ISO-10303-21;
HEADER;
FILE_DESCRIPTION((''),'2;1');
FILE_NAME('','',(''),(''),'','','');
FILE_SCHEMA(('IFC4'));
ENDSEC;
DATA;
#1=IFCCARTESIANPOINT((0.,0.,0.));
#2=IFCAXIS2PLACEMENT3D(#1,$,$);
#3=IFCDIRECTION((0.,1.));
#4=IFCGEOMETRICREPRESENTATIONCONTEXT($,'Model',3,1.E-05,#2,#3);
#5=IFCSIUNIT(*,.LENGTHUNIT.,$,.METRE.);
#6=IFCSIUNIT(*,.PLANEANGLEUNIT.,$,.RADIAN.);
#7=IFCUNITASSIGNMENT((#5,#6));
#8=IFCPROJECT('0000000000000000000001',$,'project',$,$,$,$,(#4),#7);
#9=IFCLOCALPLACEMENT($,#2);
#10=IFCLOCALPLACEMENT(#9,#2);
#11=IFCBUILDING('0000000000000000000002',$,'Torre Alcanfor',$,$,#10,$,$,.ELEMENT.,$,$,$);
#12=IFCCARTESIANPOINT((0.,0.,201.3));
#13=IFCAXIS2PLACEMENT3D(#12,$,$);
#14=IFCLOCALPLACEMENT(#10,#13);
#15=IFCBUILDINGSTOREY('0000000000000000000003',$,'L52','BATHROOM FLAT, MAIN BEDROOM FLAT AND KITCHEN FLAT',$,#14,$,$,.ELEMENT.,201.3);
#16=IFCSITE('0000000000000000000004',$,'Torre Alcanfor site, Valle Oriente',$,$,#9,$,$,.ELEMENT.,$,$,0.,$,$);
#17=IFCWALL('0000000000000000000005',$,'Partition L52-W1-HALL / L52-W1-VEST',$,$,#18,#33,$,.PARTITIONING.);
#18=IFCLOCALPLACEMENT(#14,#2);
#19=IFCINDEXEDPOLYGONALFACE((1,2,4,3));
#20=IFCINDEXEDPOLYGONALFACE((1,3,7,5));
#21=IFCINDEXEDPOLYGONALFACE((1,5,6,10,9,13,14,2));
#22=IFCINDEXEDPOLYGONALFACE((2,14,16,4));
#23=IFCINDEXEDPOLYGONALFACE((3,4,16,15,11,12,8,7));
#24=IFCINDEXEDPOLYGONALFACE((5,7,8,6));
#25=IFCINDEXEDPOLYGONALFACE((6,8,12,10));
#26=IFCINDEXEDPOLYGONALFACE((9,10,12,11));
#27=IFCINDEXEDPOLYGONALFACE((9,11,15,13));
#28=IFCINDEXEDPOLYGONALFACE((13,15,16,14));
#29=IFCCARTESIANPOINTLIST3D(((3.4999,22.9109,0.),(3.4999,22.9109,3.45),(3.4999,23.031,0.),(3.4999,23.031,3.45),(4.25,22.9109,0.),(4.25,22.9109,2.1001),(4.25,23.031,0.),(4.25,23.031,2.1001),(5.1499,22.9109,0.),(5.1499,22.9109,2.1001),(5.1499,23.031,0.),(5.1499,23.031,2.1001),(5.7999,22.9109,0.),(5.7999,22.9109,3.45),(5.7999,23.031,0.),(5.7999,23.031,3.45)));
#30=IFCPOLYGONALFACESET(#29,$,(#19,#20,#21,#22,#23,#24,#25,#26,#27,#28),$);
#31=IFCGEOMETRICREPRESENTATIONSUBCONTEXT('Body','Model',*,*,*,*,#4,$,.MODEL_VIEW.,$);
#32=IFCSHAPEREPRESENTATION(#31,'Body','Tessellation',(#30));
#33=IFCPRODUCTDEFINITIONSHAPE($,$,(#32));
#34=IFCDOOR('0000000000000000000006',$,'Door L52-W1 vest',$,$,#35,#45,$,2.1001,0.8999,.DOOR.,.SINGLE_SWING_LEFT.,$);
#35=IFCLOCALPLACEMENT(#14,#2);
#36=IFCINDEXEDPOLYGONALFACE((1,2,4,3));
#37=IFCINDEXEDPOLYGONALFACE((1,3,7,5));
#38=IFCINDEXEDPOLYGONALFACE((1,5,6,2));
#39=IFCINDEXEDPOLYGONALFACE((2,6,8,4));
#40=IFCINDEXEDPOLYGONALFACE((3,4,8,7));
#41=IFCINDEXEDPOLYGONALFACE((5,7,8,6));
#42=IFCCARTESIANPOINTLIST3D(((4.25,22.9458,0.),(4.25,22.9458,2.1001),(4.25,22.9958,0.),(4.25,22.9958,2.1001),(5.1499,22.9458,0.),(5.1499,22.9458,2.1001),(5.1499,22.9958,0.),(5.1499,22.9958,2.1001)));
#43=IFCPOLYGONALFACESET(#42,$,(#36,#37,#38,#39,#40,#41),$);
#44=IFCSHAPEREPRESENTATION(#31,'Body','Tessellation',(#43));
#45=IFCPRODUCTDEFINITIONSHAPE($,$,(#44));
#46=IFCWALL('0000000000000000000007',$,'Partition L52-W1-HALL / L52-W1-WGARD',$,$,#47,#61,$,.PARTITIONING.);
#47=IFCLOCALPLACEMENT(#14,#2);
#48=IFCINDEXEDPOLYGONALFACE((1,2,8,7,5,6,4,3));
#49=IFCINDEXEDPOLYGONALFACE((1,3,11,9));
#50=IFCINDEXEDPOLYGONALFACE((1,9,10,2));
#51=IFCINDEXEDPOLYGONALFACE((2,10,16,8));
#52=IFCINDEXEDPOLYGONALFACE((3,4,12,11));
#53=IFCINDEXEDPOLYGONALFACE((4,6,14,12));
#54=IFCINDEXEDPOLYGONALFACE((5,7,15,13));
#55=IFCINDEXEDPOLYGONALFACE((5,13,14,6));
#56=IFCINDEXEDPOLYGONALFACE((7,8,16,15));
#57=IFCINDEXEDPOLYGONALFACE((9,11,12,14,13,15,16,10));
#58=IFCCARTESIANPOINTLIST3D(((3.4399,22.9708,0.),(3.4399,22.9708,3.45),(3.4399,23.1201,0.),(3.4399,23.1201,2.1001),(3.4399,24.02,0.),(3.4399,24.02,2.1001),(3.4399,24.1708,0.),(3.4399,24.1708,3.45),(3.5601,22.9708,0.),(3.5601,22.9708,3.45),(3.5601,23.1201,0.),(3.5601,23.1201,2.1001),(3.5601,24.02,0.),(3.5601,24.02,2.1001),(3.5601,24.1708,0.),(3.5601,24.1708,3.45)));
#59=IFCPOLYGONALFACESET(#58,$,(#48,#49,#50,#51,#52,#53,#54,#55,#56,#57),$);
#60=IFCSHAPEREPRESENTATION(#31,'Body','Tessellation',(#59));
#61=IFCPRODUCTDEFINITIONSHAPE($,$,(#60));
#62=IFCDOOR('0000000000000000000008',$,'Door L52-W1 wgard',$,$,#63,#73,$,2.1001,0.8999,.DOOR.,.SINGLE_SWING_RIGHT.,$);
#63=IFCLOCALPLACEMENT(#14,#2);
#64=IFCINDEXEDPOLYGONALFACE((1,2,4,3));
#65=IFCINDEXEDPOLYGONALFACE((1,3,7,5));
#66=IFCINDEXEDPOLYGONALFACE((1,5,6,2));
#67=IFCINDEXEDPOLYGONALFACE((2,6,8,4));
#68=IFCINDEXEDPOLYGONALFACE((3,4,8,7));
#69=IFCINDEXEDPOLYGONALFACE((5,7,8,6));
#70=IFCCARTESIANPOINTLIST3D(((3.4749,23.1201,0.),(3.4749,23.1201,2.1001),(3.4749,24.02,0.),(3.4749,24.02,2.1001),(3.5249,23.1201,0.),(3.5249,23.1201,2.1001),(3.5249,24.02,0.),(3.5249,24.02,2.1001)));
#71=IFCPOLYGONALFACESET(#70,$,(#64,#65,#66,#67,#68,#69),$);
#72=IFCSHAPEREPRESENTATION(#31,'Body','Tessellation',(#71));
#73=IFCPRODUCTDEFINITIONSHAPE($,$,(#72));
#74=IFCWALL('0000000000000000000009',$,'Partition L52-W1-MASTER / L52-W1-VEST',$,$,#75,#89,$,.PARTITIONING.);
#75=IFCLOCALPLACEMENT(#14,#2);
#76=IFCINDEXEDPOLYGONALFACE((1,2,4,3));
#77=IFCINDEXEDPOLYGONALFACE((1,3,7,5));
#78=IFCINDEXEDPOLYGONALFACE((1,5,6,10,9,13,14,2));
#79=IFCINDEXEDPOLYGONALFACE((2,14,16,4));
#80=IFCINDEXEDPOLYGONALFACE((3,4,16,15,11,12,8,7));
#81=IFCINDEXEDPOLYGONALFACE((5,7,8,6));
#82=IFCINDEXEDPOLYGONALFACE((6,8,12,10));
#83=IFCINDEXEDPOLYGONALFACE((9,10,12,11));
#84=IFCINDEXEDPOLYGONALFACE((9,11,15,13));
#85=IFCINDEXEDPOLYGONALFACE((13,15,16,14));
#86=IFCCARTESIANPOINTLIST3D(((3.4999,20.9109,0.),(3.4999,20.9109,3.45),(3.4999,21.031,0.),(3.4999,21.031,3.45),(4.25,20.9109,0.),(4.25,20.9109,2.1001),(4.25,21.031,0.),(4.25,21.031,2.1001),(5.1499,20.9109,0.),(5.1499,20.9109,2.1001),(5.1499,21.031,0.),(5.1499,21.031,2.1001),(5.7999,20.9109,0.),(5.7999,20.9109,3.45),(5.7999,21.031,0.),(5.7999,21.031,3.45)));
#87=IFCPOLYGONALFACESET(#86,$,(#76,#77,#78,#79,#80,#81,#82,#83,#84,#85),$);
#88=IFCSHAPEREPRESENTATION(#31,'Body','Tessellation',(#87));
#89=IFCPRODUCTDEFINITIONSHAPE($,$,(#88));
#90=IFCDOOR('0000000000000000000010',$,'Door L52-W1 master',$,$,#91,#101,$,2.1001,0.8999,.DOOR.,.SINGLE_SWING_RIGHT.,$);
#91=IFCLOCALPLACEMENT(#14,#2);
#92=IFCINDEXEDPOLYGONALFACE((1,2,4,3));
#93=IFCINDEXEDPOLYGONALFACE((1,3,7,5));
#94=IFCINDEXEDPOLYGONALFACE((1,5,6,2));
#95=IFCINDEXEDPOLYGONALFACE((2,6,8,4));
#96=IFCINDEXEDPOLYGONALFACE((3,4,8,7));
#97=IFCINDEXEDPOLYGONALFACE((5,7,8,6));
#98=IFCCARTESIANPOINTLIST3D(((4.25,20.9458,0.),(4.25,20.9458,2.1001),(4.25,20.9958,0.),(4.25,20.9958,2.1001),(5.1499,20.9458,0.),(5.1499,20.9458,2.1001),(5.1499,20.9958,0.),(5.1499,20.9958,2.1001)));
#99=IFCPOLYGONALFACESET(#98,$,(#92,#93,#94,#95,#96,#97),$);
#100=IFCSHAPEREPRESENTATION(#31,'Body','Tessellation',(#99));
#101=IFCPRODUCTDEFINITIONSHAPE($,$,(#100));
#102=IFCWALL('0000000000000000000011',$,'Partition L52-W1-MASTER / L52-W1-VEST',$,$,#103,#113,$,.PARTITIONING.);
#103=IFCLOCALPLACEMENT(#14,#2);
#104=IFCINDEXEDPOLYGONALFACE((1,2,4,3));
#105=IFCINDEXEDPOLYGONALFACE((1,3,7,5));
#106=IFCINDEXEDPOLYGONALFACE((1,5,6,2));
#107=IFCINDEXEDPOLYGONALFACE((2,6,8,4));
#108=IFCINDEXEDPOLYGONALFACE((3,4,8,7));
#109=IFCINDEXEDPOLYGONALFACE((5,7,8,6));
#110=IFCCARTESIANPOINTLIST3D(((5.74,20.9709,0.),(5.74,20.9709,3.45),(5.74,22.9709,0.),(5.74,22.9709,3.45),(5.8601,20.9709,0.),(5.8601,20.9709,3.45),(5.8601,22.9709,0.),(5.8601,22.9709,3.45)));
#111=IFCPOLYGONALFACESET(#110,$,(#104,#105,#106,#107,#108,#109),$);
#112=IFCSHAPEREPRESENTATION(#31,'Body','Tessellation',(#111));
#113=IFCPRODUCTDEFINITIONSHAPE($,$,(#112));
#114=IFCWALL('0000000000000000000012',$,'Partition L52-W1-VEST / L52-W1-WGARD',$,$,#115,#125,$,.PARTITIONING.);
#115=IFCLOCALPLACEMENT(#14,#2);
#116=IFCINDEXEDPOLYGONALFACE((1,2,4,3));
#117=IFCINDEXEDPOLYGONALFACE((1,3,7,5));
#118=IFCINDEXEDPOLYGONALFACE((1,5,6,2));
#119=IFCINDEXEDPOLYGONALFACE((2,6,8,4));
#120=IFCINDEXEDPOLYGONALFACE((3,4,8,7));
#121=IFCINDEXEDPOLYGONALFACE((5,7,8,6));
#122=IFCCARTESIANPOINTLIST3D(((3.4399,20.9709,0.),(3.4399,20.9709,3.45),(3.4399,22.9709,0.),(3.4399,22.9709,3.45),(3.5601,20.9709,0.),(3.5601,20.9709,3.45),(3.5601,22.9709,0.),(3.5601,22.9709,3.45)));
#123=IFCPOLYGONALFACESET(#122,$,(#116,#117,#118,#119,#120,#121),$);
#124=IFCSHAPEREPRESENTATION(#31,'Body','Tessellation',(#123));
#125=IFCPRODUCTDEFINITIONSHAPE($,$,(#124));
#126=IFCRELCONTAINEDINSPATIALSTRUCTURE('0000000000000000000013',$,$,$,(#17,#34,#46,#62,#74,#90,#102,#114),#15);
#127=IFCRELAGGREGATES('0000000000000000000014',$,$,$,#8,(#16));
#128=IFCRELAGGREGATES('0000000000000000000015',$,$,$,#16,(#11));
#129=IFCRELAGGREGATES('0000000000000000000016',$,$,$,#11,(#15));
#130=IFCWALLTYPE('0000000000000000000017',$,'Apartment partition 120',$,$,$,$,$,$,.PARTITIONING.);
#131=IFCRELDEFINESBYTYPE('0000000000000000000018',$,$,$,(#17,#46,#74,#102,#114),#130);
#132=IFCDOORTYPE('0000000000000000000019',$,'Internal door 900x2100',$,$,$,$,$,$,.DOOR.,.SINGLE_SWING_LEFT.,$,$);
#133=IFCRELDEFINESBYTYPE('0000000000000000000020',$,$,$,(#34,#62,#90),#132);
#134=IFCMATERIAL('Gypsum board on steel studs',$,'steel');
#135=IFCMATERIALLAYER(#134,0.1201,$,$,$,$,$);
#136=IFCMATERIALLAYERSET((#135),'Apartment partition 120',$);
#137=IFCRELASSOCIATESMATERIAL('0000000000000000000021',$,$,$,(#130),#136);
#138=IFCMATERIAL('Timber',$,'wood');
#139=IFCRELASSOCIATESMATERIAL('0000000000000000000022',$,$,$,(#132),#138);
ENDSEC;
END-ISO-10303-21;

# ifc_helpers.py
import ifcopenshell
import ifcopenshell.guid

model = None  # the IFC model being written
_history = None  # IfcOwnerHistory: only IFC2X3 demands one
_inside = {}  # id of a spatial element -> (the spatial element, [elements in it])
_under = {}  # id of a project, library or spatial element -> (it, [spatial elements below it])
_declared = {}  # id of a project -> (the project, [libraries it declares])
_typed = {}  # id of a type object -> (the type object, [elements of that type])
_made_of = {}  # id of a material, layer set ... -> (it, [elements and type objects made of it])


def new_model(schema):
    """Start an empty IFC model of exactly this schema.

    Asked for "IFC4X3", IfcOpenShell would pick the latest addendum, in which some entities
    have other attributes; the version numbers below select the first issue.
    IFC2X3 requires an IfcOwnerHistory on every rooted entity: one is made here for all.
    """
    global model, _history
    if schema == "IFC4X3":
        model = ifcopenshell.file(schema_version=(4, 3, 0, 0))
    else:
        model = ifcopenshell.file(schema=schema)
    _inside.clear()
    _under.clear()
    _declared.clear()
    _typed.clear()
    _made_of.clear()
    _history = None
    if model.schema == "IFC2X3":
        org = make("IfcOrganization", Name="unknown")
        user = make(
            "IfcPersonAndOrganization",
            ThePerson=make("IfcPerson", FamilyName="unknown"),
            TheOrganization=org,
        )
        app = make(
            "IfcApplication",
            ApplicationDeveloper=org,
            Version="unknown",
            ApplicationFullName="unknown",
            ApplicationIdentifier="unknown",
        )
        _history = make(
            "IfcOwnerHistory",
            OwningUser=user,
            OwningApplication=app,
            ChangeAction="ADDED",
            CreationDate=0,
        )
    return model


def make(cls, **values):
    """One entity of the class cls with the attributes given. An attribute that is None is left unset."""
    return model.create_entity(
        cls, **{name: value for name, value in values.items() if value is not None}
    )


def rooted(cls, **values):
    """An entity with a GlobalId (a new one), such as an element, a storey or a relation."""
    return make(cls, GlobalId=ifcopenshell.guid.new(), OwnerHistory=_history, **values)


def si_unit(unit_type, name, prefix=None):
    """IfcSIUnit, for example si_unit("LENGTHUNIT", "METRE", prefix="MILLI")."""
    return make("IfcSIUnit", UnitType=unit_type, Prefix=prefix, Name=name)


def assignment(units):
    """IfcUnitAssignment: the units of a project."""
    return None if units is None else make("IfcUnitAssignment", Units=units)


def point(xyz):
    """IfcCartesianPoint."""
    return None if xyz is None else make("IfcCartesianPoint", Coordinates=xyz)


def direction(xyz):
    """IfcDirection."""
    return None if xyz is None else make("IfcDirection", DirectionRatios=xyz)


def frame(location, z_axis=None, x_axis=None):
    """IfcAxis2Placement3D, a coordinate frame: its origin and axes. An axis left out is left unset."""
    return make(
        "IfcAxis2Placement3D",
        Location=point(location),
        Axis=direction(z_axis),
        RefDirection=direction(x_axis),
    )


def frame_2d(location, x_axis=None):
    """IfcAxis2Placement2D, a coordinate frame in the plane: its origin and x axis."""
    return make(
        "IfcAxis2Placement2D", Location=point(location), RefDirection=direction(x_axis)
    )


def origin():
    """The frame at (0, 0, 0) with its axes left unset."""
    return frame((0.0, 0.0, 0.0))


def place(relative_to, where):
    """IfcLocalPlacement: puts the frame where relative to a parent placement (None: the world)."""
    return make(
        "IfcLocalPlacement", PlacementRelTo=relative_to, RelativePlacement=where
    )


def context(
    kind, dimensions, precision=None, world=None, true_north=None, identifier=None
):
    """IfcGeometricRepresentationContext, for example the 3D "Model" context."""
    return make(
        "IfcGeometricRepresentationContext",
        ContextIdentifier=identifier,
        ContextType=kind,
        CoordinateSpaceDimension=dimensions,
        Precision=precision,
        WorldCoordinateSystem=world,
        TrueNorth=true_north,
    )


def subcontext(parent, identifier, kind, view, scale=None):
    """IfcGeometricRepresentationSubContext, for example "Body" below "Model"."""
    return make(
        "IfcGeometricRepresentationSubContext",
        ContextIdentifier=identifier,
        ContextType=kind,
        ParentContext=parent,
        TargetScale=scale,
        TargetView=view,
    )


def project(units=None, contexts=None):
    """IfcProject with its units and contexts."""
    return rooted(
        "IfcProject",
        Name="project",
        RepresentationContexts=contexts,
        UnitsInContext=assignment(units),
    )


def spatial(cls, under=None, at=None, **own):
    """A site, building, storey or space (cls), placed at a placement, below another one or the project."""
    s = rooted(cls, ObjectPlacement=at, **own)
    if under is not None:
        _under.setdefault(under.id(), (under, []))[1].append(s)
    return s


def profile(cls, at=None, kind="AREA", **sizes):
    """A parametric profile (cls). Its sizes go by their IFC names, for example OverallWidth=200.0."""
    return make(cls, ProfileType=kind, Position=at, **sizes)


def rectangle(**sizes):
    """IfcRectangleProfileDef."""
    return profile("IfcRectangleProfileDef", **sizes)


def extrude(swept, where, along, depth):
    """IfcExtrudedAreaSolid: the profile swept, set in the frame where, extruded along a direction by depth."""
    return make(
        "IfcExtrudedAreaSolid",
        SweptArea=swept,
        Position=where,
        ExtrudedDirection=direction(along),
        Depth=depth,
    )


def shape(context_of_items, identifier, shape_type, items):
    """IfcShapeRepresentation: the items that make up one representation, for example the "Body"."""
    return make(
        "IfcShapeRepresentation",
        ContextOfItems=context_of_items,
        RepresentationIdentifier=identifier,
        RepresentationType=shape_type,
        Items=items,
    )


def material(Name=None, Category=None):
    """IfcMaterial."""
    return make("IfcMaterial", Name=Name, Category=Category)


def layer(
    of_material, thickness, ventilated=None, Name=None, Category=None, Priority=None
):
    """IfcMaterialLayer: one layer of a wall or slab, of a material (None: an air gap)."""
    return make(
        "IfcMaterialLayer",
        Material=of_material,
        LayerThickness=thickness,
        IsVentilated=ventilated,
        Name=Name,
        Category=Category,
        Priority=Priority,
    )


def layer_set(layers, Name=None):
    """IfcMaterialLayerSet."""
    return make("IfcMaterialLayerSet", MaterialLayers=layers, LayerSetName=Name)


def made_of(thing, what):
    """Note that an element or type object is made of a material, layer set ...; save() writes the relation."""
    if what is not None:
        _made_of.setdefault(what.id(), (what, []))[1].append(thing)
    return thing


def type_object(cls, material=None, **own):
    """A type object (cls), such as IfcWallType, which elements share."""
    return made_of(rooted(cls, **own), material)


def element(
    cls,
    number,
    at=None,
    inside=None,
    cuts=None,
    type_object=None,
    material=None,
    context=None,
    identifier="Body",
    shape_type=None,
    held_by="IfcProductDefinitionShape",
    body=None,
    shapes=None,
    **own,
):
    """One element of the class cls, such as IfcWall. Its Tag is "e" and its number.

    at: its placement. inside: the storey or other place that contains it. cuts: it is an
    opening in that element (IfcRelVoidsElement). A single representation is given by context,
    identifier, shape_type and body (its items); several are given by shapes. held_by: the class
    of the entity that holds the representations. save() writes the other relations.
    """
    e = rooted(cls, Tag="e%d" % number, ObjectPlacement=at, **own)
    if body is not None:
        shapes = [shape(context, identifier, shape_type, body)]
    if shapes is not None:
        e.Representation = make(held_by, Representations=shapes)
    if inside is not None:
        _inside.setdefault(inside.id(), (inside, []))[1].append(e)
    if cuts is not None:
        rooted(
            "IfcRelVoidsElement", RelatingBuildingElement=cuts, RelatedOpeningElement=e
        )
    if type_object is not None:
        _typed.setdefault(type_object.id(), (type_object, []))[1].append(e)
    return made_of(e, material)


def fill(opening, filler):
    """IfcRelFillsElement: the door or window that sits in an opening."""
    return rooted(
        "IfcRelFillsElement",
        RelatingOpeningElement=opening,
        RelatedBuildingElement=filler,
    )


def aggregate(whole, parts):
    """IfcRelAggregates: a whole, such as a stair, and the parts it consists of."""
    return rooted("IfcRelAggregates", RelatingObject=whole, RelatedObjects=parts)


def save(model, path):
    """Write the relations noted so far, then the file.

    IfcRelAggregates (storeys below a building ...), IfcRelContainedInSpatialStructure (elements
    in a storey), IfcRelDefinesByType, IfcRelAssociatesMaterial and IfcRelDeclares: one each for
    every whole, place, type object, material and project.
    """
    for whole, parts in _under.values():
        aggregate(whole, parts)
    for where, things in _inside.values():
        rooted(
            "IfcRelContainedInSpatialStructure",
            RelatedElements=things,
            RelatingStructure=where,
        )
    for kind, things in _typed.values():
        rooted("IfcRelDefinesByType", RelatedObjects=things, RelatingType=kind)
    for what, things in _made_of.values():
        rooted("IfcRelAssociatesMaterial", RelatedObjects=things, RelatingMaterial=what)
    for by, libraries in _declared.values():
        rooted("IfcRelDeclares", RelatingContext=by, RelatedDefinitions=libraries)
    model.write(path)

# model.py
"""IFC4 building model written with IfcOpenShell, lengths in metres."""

from ifc_helpers import new_model, si_unit, direction, frame, frame_2d, origin, place, context, subcontext, project, spatial, rectangle, extrude, material, layer, layer_set, type_object, element, fill, save


model = new_model("IFC4")

# Units and contexts
model_context = context("Model", 3, precision=1e-05, world=origin(), true_north=direction((0.0, 1.0)))
body_context = subcontext(model_context, "Body", "Model", "MODEL_VIEW")
ifc_project = project(units=[si_unit("LENGTHUNIT", "METRE"), si_unit("PLANEANGLEUNIT", "RADIAN")], contexts=[model_context])

# Site, building, storey
site_placement = place(None, origin())
site = spatial("IfcSite", under=ifc_project, at=site_placement, Name="Torre Alcanfor site, Valle Oriente", CompositionType="ELEMENT", RefElevation=0.0)
building_placement = place(site_placement, origin())
building = spatial("IfcBuilding", under=site, at=building_placement, Name="Torre Alcanfor", CompositionType="ELEMENT")
storey_placement = place(building_placement, frame((0.0, 0.0, 201.3)))
storey = spatial("IfcBuildingStorey", under=building, at=storey_placement, Name="L52", Description="BATHROOM FLAT, MAIN BEDROOM FLAT AND KITCHEN FLAT", CompositionType="ELEMENT", Elevation=201.3)

# Shared definitions
ifc_material_1 = material(Name="Gypsum board on steel studs", Category="steel")
ifc_layer_1 = layer(ifc_material_1, 0.1201)
ifc_layer_set_1 = layer_set([ifc_layer_1], Name="Apartment partition 120")
wall_type_1 = type_object("IfcWallType", Name="Apartment partition 120", PredefinedType="PARTITIONING", material=ifc_layer_set_1)

# Shared definitions
ifc_material_2 = material(Name="Timber", Category="wood")
door_type = type_object("IfcDoorType", Name="Internal door 900x2100", OperationType="SINGLE_SWING_LEFT", PredefinedType="DOOR", material=ifc_material_2)

# Walls, openings, doors
wall_1_placement = place(storey_placement, frame((3.5, 22.9709, 0.0), z_axis=(0.0, 0.0, 1.0), x_axis=(1.0, 0.0, 0.0)))
wall_1 = element("IfcWall", 1, at=wall_1_placement, inside=storey, type_object=wall_type_1, Name="Partition L52-W1-HALL / L52-W1-VEST", PredefinedType="PARTITIONING", context=body_context, shape_type="SweptSolid", body=[
    extrude(rectangle(XDim=2.3, YDim=0.1201, at=frame_2d((1.1499, 0.0))), origin(), (0.0, 0.0, 1.0), 3.45),
])
opening_1_placement = place(wall_1_placement, frame((0.75, 0.0, 0.0)))
opening_1 = element("IfcOpeningElement", 2, at=opening_1_placement, cuts=wall_1, PredefinedType="OPENING", context=body_context, shape_type="SweptSolid", body=[
    extrude(rectangle(XDim=0.8999, YDim=2.1001, at=frame_2d((0.45, 1.05))), frame((0.0, 0.0701, 0.0), z_axis=(0.0, -1.0, 0.0), x_axis=(1.0, 0.0, 0.0)), (0.0, 0.0, 1.0), 0.1401),
])
door_1_placement = place(opening_1_placement, frame((0.8999, 0.0, 0.0), z_axis=(0.0, 0.0, 1.0), x_axis=(-1.0, 0.0, 0.0)))
door_1 = element("IfcDoor", 3, at=door_1_placement, inside=storey, type_object=door_type, Name="Door L52-W1 vest", OperationType="SINGLE_SWING_LEFT", OverallHeight=2.1001, OverallWidth=0.8999, PredefinedType="DOOR", context=body_context, shape_type="SweptSolid", body=[
    extrude(rectangle(XDim=0.8999, YDim=2.1001, at=frame_2d((0.45, 1.05))), frame((0.0, 0.0251, 0.0), z_axis=(0.0, -1.0, 0.0), x_axis=(1.0, 0.0, 0.0)), (0.0, 0.0, 1.0), 0.05),
])
fill(opening_1, door_1)
wall_2_placement = place(storey_placement, frame((3.5, 24.1709, 0.0), z_axis=(0.0, 0.0, 1.0), x_axis=(0.0, -1.0, 0.0)))
wall_2 = element("IfcWall", 4, at=wall_2_placement, inside=storey, type_object=wall_type_1, Name="Partition L52-W1-HALL / L52-W1-WGARD", PredefinedType="PARTITIONING", context=body_context, shape_type="SweptSolid", body=[
    extrude(rectangle(XDim=1.2, YDim=0.1201, at=frame_2d((0.6001, 0.0))), origin(), (0.0, 0.0, 1.0), 3.45),
])
opening_2_placement = place(wall_2_placement, frame((0.1509, 0.0, 0.0)))
opening_2 = element("IfcOpeningElement", 5, at=opening_2_placement, cuts=wall_2, PredefinedType="OPENING", context=body_context, shape_type="SweptSolid", body=[
    extrude(rectangle(XDim=0.8999, YDim=2.1001, at=frame_2d((0.45, 1.05))), frame((0.0, 0.0701, 0.0), z_axis=(0.0, -1.0, 0.0), x_axis=(1.0, 0.0, 0.0)), (0.0, 0.0, 1.0), 0.1401),
])
door_2_placement = place(opening_2_placement, frame((0.8999, 0.0, 0.0), z_axis=(0.0, 0.0, 1.0), x_axis=(-1.0, 0.0, 0.0)))
door_2 = element("IfcDoor", 6, at=door_2_placement, inside=storey, type_object=door_type, Name="Door L52-W1 wgard", OperationType="SINGLE_SWING_RIGHT", OverallHeight=2.1001, OverallWidth=0.8999, PredefinedType="DOOR", context=body_context, shape_type="SweptSolid", body=[
    extrude(rectangle(XDim=0.8999, YDim=2.1001, at=frame_2d((0.45, 1.05))), frame((0.0, 0.0251, 0.0), z_axis=(0.0, -1.0, 0.0), x_axis=(1.0, 0.0, 0.0)), (0.0, 0.0, 1.0), 0.05),
])
fill(opening_2, door_2)
wall_3_placement = place(storey_placement, frame((3.5, 20.9709, 0.0), z_axis=(0.0, 0.0, 1.0), x_axis=(1.0, 0.0, 0.0)))
wall_3 = element("IfcWall", 7, at=wall_3_placement, inside=storey, type_object=wall_type_1, Name="Partition L52-W1-MASTER / L52-W1-VEST", PredefinedType="PARTITIONING", context=body_context, shape_type="SweptSolid", body=[
    extrude(rectangle(XDim=2.3, YDim=0.1201, at=frame_2d((1.1499, 0.0))), origin(), (0.0, 0.0, 1.0), 3.45),
])
opening_3_placement = place(wall_3_placement, frame((0.75, 0.0, 0.0)))
opening_3 = element("IfcOpeningElement", 8, at=opening_3_placement, cuts=wall_3, PredefinedType="OPENING", context=body_context, shape_type="SweptSolid", body=[
    extrude(rectangle(XDim=0.8999, YDim=2.1001, at=frame_2d((0.45, 1.05))), frame((0.0, 0.0701, 0.0), z_axis=(0.0, -1.0, 0.0), x_axis=(1.0, 0.0, 0.0)), (0.0, 0.0, 1.0), 0.1401),
])
door_3_placement = place(opening_3_placement, origin())
door_3 = element("IfcDoor", 9, at=door_3_placement, inside=storey, type_object=door_type, Name="Door L52-W1 master", OperationType="SINGLE_SWING_RIGHT", OverallHeight=2.1001, OverallWidth=0.8999, PredefinedType="DOOR", context=body_context, shape_type="SweptSolid", body=[
    extrude(rectangle(XDim=0.8999, YDim=2.1001, at=frame_2d((0.45, 1.05))), frame((0.0, 0.0249, 0.0), z_axis=(0.0, -1.0, 0.0), x_axis=(1.0, 0.0, 0.0)), (0.0, 0.0, 1.0), 0.05),
])
fill(opening_3, door_3)

# Walls
for number, where, z_axis, x_axis, name in (
    (10, (5.8, 20.9709, 0.0), (0.0, 0.0, 1.0), (0.0, 1.0, 0.0), "Partition L52-W1-MASTER / L52-W1-VEST"),
    (11, (3.5, 22.9709, 0.0), (0.0, 0.0, 1.0), (0.0, -1.0, 0.0), "Partition L52-W1-VEST / L52-W1-WGARD"),
):
    element("IfcWall", number, at=place(storey_placement, frame(where, z_axis=z_axis, x_axis=x_axis)), inside=storey, type_object=wall_type_1, Name=name, PredefinedType="PARTITIONING", context=body_context, shape_type="SweptSolid", body=[
        extrude(rectangle(XDim=2.0, YDim=0.1201, at=frame_2d((1.0, 0.0))), origin(), (0.0, 0.0, 1.0), 3.45),
    ])

save(model, "model.ifc")
